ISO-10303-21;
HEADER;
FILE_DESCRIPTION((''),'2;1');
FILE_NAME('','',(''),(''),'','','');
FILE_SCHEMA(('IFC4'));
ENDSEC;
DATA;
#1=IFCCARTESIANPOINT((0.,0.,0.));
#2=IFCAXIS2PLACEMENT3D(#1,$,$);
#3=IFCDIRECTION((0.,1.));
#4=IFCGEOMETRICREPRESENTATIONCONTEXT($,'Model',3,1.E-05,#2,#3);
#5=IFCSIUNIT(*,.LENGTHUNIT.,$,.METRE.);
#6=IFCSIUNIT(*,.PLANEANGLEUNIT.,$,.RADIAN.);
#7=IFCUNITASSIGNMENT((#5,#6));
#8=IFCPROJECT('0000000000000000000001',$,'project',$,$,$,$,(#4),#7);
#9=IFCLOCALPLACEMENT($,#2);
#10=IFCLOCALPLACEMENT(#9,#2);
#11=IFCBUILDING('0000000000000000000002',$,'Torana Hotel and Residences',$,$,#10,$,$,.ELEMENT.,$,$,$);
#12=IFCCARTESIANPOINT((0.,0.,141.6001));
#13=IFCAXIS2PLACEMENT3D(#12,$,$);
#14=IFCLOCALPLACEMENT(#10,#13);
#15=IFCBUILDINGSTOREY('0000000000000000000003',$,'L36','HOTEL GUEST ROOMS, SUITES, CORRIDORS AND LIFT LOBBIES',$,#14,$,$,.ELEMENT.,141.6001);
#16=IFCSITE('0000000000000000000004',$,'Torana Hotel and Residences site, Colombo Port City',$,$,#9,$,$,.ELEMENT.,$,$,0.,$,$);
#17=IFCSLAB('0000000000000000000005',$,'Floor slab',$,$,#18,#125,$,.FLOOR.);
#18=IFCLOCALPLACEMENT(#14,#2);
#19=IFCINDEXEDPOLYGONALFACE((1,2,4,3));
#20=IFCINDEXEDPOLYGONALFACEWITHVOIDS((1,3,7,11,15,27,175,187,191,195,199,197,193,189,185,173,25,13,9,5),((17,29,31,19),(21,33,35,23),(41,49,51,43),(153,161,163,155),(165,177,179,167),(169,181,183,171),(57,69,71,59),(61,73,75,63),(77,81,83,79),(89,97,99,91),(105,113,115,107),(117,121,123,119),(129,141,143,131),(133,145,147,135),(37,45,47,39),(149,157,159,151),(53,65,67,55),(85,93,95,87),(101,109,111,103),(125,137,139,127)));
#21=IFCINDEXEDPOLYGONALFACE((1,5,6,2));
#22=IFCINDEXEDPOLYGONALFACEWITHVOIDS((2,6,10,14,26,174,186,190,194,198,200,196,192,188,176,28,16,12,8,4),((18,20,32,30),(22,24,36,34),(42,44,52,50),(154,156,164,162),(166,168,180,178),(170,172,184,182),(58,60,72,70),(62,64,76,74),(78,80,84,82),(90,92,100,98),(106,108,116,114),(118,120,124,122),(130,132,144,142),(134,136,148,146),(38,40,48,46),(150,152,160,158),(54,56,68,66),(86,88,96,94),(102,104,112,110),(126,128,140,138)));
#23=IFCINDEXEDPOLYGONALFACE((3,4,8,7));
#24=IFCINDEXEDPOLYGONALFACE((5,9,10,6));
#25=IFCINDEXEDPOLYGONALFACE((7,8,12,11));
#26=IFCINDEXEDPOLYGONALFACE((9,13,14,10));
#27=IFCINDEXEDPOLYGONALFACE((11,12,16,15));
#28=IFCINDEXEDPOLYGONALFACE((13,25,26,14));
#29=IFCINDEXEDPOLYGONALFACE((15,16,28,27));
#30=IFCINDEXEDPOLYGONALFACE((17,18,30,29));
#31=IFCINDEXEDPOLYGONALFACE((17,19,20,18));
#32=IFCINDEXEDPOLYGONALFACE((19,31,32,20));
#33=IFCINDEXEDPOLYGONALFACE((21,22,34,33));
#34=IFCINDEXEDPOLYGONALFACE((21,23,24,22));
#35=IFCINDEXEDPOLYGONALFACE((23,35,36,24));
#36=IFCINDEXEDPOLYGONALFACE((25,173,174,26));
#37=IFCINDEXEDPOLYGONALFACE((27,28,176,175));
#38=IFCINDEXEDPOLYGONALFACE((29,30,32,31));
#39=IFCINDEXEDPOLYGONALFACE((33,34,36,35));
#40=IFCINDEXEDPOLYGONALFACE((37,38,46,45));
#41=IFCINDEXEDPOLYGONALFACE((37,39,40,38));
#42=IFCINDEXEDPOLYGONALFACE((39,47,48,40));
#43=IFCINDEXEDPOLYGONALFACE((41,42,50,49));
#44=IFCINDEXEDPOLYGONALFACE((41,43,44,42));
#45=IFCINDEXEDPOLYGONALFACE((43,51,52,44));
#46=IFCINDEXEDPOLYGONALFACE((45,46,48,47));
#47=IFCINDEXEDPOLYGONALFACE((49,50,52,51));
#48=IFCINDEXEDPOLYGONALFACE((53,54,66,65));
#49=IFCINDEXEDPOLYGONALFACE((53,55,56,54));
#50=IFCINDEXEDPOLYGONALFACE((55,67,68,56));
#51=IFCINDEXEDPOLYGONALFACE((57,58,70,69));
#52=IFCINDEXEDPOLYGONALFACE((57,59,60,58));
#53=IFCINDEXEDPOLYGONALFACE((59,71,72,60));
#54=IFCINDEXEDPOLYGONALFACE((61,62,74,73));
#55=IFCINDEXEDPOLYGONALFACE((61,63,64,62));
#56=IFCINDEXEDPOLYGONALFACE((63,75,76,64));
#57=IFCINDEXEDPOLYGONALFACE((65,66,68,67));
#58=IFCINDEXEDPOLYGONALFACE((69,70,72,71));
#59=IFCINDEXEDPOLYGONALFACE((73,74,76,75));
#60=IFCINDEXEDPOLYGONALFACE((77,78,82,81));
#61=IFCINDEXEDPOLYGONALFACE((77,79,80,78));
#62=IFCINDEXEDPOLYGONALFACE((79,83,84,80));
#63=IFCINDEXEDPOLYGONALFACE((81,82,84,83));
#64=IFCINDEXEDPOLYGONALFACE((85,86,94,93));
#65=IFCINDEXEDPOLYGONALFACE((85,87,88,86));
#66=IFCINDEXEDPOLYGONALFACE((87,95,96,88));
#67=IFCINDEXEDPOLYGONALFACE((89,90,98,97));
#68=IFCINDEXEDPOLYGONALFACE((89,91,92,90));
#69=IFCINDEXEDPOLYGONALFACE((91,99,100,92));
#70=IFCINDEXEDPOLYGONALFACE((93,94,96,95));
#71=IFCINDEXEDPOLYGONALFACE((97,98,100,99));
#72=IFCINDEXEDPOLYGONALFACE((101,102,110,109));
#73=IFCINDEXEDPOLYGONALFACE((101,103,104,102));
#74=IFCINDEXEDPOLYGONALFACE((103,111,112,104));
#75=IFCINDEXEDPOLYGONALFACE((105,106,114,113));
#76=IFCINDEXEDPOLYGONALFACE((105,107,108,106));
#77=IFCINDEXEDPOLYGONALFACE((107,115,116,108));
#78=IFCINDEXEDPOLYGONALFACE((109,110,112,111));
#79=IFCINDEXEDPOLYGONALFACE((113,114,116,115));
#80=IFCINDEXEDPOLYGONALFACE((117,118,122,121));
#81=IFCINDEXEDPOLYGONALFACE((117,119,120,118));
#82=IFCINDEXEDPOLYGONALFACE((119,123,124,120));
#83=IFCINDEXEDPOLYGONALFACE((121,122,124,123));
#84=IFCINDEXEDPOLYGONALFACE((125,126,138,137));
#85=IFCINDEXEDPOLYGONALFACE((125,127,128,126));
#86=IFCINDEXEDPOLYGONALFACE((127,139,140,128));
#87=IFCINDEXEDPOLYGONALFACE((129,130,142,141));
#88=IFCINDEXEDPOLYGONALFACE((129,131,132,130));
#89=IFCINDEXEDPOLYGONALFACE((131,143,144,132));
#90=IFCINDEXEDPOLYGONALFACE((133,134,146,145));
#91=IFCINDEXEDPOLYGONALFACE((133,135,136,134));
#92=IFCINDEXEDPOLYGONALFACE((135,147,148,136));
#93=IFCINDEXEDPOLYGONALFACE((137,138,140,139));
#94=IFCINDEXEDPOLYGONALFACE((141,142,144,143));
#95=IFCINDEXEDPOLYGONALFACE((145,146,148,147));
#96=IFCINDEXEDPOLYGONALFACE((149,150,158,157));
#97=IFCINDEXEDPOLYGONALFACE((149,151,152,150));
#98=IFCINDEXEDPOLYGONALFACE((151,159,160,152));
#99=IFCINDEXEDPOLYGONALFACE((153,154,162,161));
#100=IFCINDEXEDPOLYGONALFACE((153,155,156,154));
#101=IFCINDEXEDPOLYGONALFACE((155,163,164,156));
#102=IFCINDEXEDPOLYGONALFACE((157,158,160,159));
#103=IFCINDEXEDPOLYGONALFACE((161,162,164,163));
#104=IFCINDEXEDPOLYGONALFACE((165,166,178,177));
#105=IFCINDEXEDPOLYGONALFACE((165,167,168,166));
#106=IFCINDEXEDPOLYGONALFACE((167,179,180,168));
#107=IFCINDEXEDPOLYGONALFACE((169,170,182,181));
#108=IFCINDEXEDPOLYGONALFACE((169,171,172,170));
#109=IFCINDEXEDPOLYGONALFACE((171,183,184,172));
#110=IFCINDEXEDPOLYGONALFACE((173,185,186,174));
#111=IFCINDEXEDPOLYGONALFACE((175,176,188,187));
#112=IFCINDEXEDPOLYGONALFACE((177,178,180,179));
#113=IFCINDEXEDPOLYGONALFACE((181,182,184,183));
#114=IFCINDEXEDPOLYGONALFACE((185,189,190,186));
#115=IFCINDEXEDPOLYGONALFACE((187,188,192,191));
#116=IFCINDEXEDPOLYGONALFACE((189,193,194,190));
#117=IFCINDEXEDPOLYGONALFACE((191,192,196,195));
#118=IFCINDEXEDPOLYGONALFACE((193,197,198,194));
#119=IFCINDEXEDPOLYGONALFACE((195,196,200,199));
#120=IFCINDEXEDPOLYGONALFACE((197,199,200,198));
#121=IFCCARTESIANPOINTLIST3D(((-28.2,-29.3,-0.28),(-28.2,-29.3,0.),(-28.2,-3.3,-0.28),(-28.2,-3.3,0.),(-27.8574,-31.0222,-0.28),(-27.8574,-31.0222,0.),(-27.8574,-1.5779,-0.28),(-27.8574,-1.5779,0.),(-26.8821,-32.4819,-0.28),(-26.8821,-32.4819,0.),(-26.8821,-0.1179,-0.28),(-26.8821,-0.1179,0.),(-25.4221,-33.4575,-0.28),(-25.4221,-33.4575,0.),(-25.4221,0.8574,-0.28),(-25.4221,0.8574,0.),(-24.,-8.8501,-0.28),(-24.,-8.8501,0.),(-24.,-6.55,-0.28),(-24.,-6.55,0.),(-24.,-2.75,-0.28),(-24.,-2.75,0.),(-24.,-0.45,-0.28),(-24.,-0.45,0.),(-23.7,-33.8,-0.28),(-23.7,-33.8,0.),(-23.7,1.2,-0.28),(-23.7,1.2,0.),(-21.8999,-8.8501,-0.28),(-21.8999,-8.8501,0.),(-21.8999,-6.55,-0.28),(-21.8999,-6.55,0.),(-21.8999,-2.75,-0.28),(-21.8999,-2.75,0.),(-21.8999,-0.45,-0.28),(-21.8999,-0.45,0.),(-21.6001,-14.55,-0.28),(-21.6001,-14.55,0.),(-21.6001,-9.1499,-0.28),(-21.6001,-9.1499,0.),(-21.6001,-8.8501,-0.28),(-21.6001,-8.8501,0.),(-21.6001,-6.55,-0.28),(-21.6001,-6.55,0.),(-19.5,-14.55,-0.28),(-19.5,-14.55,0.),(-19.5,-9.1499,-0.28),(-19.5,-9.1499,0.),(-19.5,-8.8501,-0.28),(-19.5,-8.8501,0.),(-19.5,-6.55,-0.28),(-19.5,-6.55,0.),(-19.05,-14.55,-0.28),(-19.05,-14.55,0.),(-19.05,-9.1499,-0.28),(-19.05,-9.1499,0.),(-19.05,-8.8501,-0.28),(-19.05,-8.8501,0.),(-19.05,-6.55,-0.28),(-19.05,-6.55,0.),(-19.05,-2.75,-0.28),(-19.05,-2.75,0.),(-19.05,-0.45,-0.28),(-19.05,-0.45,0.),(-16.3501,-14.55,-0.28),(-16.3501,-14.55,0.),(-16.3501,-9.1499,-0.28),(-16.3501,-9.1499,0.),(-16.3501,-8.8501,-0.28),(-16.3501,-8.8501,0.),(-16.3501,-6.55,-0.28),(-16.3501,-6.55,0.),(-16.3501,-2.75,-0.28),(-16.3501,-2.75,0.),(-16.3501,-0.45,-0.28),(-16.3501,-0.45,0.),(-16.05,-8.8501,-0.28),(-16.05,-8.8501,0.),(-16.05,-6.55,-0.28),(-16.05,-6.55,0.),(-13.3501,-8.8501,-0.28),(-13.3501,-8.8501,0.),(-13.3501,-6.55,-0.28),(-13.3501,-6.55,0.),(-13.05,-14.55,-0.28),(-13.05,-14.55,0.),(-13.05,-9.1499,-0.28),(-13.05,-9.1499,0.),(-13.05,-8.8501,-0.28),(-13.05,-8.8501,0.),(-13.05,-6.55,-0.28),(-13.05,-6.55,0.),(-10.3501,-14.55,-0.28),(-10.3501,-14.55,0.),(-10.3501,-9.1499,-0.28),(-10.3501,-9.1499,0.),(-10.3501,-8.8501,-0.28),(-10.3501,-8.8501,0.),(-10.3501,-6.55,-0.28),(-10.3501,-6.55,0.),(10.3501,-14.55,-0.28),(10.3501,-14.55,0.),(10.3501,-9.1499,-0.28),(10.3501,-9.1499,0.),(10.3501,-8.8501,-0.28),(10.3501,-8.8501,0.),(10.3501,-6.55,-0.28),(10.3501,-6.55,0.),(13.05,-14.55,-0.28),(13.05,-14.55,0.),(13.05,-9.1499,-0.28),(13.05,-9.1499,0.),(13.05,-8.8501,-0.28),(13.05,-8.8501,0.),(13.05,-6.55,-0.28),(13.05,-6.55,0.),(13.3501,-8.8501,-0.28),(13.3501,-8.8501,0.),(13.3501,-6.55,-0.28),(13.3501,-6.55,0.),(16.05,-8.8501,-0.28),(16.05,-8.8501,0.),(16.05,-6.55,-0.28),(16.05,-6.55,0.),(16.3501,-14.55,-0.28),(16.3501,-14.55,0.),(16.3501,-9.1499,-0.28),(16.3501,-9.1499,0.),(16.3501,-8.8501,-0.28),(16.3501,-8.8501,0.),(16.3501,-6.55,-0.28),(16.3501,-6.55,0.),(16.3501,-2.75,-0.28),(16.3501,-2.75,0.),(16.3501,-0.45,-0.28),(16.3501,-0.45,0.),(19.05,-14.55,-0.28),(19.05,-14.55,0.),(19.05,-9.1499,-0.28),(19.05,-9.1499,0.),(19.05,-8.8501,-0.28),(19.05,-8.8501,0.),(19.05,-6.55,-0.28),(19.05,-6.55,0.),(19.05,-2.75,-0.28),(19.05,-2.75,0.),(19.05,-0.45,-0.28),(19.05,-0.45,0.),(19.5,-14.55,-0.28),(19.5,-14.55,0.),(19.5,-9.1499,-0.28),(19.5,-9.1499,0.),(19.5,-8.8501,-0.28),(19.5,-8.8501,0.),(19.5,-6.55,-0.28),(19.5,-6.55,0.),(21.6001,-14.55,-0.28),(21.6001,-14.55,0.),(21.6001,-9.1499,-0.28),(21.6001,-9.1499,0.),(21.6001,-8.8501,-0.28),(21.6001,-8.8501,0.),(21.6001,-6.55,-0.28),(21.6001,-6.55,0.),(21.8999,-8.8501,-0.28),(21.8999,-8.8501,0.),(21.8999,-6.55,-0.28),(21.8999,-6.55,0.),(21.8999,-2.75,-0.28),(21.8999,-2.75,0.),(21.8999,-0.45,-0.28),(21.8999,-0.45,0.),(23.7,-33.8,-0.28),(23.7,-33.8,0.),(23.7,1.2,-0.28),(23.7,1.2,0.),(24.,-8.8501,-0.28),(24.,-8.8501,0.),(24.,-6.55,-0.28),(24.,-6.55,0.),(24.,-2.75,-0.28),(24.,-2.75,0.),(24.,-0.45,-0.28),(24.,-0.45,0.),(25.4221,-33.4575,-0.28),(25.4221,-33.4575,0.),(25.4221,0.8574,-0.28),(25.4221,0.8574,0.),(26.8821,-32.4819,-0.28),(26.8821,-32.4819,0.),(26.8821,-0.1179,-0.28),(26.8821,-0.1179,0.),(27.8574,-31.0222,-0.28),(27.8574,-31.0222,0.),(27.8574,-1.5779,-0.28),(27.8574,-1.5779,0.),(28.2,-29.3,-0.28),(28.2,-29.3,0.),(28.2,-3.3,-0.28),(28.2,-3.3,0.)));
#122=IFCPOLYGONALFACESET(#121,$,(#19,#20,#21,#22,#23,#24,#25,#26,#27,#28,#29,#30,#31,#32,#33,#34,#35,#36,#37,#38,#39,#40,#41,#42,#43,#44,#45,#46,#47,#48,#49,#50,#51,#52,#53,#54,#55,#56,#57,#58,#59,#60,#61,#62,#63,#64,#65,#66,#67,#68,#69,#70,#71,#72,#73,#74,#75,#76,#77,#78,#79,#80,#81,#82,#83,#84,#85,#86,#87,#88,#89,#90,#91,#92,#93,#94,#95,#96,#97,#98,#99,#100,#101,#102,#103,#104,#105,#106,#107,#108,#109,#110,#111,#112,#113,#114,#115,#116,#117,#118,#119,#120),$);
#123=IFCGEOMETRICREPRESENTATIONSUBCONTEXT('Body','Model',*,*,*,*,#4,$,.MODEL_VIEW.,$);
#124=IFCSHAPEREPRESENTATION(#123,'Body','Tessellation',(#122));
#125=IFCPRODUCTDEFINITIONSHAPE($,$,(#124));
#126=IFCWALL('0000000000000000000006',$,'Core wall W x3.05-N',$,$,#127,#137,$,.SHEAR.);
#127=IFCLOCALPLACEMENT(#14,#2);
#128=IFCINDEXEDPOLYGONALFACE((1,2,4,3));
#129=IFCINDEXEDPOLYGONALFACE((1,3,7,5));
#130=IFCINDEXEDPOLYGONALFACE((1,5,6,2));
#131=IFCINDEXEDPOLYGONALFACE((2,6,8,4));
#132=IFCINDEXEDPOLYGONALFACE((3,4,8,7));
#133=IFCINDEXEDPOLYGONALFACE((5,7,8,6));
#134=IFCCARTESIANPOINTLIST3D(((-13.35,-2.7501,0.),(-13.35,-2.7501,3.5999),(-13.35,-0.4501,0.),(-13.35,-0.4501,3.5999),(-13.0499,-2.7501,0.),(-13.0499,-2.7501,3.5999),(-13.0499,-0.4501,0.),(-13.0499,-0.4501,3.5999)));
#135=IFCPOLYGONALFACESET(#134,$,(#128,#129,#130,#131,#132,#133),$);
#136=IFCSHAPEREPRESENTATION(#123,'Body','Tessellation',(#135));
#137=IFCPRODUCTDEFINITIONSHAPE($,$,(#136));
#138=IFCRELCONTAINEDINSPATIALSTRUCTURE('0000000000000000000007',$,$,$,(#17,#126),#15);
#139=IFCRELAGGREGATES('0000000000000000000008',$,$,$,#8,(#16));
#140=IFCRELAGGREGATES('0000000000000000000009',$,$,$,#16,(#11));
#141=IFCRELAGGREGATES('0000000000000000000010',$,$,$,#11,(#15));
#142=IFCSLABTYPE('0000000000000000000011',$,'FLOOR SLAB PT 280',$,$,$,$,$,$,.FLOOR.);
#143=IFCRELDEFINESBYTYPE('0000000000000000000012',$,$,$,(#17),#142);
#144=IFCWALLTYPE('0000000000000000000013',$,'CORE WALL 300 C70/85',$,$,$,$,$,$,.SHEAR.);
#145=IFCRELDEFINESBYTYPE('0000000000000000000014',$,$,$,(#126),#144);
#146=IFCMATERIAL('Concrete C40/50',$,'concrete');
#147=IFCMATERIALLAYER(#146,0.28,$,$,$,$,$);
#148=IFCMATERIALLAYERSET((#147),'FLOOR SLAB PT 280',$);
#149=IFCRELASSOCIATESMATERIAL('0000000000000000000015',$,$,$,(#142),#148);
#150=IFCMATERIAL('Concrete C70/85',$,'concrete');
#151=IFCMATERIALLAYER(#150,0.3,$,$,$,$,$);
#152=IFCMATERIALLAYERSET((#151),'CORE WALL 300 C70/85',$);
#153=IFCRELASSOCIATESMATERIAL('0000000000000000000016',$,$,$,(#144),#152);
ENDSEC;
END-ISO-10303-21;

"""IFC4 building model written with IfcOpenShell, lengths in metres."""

from ifc_helpers import new_model, si_unit, direction, frame, frame_2d, origin, place, context, subcontext, project, spatial, polyline, rectangle, outline, extrude, material, layer, layer_set, type_object, element, save


model = new_model("IFC4")

# Units and contexts
model_context = context("Model", 3, precision=1e-05, world=origin(), true_north=direction((0.0, 1.0)))
body_context = subcontext(model_context, "Body", "Model", "MODEL_VIEW")
ifc_project = project(units=[si_unit("LENGTHUNIT", "METRE"), si_unit("PLANEANGLEUNIT", "RADIAN")], contexts=[model_context])

# Site, building, storey
site_placement = place(None, origin())
site = spatial("IfcSite", under=ifc_project, at=site_placement, Name="Torana Hotel and Residences site, Colombo Port City", CompositionType="ELEMENT", RefElevation=0.0)
building_placement = place(site_placement, origin())
building = spatial("IfcBuilding", under=site, at=building_placement, Name="Torana Hotel and Residences", CompositionType="ELEMENT")
storey_placement = place(building_placement, frame((0.0, 0.0, 141.6001)))
storey = spatial("IfcBuildingStorey", under=building, at=storey_placement, Name="L36", Description="HOTEL GUEST ROOMS, SUITES, CORRIDORS AND LIFT LOBBIES", CompositionType="ELEMENT", Elevation=141.6001)

# Slab
ifc_material_1 = material(Name="Concrete C40/50", Category="concrete")
ifc_layer_1 = layer(ifc_material_1, 0.28)
ifc_layer_set_1 = layer_set([ifc_layer_1], Name="FLOOR SLAB PT 280")
slab_type_1 = type_object("IfcSlabType", Name="FLOOR SLAB PT 280", PredefinedType="FLOOR", material=ifc_layer_set_1)
slab_1_placement = place(storey_placement, frame((0.0, 0.0, -0.28)))
element("IfcSlab", 1, at=slab_1_placement, inside=storey, type_object=slab_type_1, Name="Floor slab", PredefinedType="FLOOR", context=body_context, shape_type="SweptSolid", body=[
    extrude(outline(polyline([(28.2, -3.3), (27.8574, -1.5779), (26.8821, -0.1179), (25.4221, 0.8574), (23.7, 1.2), (-23.7, 1.2), (-25.4221, 0.8574), (-26.8821, -0.1179), (-27.8574, -1.5779), (-28.2, -3.3), (-28.2, -29.3), (-27.8574, -31.0222), (-26.8821, -32.4819), (-25.4221, -33.4575), (-23.7, -33.8), (23.7, -33.8), (25.4221, -33.4575), (26.8821, -32.4819), (27.8574, -31.0222), (28.2, -29.3), (28.2, -3.3)]), holes=[polyline([(-13.05, -14.55), (-10.3501, -14.55), (-10.3501, -9.1499), (-13.05, -9.1499), (-13.05, -14.55)]), polyline([(-19.05, -14.55), (-16.3501, -14.55), (-16.3501, -9.1499), (-19.05, -9.1499), (-19.05, -14.55)]), polyline([(-19.05, -2.75), (-16.3501, -2.75), (-16.3501, -0.45), (-19.05, -0.45), (-19.05, -2.75)]), polyline([(-21.6001, -8.8501), (-19.5, -8.8501), (-19.5, -6.55), (-21.6001, -6.55), (-21.6001, -8.8501)]), polyline([(-24.0, -2.75), (-21.8999, -2.75), (-21.8999, -0.45), (-24.0, -0.45), (-24.0, -2.75)]), polyline([(-24.0, -8.8501), (-21.8999, -8.8501), (-21.8999, -6.55), (-24.0, -6.55), (-24.0, -8.8501)]), polyline([(-13.05, -8.8501), (-10.3501, -8.8501), (-10.3501, -6.55), (-13.05, -6.55), (-13.05, -8.8501)]), polyline([(-16.05, -8.8501), (-13.3501, -8.8501), (-13.3501, -6.55), (-16.05, -6.55), (-16.05, -8.8501)]), polyline([(-19.05, -8.8501), (-16.3501, -8.8501), (-16.3501, -6.55), (-19.05, -6.55), (-19.05, -8.8501)]), polyline([(-21.6001, -14.55), (-19.5, -14.55), (-19.5, -9.1499), (-21.6001, -9.1499), (-21.6001, -14.55)]), polyline([(10.3501, -14.55), (13.05, -14.55), (13.05, -9.1499), (10.3501, -9.1499), (10.3501, -14.55)]), polyline([(16.3501, -14.55), (19.05, -14.55), (19.05, -9.1499), (16.3501, -9.1499), (16.3501, -14.55)]), polyline([(16.3501, -2.75), (19.05, -2.75), (19.05, -0.45), (16.3501, -0.45), (16.3501, -2.75)]), polyline([(19.5, -8.8501), (21.6001, -8.8501), (21.6001, -6.55), (19.5, -6.55), (19.5, -8.8501)]), polyline([(21.8999, -2.75), (24.0, -2.75), (24.0, -0.45), (21.8999, -0.45), (21.8999, -2.75)]), polyline([(21.8999, -8.8501), (24.0, -8.8501), (24.0, -6.55), (21.8999, -6.55), (21.8999, -8.8501)]), polyline([(10.3501, -8.8501), (13.05, -8.8501), (13.05, -6.55), (10.3501, -6.55), (10.3501, -8.8501)]), polyline([(13.3501, -8.8501), (16.05, -8.8501), (16.05, -6.55), (13.3501, -6.55), (13.3501, -8.8501)]), polyline([(16.3501, -8.8501), (19.05, -8.8501), (19.05, -6.55), (16.3501, -6.55), (16.3501, -8.8501)]), polyline([(19.5, -14.55), (21.6001, -14.55), (21.6001, -9.1499), (19.5, -9.1499), (19.5, -14.55)])]), origin(), (0.0, 0.0, 1.0), 0.28),
])

# Wall
ifc_material_2 = material(Name="Concrete C70/85", Category="concrete")
ifc_layer_2 = layer(ifc_material_2, 0.3)
ifc_layer_set_2 = layer_set([ifc_layer_2], Name="CORE WALL 300 C70/85")
wall_type_1 = type_object("IfcWallType", Name="CORE WALL 300 C70/85", PredefinedType="SHEAR", material=ifc_layer_set_2)
wall_1_placement = place(storey_placement, frame((-13.2, -2.75, 0.0), z_axis=(0.0, 0.0, 1.0), x_axis=(0.0, 1.0, 0.0)))
element("IfcWall", 2, at=wall_1_placement, inside=storey, type_object=wall_type_1, Name="Core wall W x3.05-N", PredefinedType="SHEAR", context=body_context, shape_type="SweptSolid", body=[
    extrude(rectangle(XDim=2.3, YDim=0.3, at=frame_2d((1.1499, 0.0))), origin(), (0.0, 0.0, 1.0), 3.5999),
])

save(model, "model.ifc")
